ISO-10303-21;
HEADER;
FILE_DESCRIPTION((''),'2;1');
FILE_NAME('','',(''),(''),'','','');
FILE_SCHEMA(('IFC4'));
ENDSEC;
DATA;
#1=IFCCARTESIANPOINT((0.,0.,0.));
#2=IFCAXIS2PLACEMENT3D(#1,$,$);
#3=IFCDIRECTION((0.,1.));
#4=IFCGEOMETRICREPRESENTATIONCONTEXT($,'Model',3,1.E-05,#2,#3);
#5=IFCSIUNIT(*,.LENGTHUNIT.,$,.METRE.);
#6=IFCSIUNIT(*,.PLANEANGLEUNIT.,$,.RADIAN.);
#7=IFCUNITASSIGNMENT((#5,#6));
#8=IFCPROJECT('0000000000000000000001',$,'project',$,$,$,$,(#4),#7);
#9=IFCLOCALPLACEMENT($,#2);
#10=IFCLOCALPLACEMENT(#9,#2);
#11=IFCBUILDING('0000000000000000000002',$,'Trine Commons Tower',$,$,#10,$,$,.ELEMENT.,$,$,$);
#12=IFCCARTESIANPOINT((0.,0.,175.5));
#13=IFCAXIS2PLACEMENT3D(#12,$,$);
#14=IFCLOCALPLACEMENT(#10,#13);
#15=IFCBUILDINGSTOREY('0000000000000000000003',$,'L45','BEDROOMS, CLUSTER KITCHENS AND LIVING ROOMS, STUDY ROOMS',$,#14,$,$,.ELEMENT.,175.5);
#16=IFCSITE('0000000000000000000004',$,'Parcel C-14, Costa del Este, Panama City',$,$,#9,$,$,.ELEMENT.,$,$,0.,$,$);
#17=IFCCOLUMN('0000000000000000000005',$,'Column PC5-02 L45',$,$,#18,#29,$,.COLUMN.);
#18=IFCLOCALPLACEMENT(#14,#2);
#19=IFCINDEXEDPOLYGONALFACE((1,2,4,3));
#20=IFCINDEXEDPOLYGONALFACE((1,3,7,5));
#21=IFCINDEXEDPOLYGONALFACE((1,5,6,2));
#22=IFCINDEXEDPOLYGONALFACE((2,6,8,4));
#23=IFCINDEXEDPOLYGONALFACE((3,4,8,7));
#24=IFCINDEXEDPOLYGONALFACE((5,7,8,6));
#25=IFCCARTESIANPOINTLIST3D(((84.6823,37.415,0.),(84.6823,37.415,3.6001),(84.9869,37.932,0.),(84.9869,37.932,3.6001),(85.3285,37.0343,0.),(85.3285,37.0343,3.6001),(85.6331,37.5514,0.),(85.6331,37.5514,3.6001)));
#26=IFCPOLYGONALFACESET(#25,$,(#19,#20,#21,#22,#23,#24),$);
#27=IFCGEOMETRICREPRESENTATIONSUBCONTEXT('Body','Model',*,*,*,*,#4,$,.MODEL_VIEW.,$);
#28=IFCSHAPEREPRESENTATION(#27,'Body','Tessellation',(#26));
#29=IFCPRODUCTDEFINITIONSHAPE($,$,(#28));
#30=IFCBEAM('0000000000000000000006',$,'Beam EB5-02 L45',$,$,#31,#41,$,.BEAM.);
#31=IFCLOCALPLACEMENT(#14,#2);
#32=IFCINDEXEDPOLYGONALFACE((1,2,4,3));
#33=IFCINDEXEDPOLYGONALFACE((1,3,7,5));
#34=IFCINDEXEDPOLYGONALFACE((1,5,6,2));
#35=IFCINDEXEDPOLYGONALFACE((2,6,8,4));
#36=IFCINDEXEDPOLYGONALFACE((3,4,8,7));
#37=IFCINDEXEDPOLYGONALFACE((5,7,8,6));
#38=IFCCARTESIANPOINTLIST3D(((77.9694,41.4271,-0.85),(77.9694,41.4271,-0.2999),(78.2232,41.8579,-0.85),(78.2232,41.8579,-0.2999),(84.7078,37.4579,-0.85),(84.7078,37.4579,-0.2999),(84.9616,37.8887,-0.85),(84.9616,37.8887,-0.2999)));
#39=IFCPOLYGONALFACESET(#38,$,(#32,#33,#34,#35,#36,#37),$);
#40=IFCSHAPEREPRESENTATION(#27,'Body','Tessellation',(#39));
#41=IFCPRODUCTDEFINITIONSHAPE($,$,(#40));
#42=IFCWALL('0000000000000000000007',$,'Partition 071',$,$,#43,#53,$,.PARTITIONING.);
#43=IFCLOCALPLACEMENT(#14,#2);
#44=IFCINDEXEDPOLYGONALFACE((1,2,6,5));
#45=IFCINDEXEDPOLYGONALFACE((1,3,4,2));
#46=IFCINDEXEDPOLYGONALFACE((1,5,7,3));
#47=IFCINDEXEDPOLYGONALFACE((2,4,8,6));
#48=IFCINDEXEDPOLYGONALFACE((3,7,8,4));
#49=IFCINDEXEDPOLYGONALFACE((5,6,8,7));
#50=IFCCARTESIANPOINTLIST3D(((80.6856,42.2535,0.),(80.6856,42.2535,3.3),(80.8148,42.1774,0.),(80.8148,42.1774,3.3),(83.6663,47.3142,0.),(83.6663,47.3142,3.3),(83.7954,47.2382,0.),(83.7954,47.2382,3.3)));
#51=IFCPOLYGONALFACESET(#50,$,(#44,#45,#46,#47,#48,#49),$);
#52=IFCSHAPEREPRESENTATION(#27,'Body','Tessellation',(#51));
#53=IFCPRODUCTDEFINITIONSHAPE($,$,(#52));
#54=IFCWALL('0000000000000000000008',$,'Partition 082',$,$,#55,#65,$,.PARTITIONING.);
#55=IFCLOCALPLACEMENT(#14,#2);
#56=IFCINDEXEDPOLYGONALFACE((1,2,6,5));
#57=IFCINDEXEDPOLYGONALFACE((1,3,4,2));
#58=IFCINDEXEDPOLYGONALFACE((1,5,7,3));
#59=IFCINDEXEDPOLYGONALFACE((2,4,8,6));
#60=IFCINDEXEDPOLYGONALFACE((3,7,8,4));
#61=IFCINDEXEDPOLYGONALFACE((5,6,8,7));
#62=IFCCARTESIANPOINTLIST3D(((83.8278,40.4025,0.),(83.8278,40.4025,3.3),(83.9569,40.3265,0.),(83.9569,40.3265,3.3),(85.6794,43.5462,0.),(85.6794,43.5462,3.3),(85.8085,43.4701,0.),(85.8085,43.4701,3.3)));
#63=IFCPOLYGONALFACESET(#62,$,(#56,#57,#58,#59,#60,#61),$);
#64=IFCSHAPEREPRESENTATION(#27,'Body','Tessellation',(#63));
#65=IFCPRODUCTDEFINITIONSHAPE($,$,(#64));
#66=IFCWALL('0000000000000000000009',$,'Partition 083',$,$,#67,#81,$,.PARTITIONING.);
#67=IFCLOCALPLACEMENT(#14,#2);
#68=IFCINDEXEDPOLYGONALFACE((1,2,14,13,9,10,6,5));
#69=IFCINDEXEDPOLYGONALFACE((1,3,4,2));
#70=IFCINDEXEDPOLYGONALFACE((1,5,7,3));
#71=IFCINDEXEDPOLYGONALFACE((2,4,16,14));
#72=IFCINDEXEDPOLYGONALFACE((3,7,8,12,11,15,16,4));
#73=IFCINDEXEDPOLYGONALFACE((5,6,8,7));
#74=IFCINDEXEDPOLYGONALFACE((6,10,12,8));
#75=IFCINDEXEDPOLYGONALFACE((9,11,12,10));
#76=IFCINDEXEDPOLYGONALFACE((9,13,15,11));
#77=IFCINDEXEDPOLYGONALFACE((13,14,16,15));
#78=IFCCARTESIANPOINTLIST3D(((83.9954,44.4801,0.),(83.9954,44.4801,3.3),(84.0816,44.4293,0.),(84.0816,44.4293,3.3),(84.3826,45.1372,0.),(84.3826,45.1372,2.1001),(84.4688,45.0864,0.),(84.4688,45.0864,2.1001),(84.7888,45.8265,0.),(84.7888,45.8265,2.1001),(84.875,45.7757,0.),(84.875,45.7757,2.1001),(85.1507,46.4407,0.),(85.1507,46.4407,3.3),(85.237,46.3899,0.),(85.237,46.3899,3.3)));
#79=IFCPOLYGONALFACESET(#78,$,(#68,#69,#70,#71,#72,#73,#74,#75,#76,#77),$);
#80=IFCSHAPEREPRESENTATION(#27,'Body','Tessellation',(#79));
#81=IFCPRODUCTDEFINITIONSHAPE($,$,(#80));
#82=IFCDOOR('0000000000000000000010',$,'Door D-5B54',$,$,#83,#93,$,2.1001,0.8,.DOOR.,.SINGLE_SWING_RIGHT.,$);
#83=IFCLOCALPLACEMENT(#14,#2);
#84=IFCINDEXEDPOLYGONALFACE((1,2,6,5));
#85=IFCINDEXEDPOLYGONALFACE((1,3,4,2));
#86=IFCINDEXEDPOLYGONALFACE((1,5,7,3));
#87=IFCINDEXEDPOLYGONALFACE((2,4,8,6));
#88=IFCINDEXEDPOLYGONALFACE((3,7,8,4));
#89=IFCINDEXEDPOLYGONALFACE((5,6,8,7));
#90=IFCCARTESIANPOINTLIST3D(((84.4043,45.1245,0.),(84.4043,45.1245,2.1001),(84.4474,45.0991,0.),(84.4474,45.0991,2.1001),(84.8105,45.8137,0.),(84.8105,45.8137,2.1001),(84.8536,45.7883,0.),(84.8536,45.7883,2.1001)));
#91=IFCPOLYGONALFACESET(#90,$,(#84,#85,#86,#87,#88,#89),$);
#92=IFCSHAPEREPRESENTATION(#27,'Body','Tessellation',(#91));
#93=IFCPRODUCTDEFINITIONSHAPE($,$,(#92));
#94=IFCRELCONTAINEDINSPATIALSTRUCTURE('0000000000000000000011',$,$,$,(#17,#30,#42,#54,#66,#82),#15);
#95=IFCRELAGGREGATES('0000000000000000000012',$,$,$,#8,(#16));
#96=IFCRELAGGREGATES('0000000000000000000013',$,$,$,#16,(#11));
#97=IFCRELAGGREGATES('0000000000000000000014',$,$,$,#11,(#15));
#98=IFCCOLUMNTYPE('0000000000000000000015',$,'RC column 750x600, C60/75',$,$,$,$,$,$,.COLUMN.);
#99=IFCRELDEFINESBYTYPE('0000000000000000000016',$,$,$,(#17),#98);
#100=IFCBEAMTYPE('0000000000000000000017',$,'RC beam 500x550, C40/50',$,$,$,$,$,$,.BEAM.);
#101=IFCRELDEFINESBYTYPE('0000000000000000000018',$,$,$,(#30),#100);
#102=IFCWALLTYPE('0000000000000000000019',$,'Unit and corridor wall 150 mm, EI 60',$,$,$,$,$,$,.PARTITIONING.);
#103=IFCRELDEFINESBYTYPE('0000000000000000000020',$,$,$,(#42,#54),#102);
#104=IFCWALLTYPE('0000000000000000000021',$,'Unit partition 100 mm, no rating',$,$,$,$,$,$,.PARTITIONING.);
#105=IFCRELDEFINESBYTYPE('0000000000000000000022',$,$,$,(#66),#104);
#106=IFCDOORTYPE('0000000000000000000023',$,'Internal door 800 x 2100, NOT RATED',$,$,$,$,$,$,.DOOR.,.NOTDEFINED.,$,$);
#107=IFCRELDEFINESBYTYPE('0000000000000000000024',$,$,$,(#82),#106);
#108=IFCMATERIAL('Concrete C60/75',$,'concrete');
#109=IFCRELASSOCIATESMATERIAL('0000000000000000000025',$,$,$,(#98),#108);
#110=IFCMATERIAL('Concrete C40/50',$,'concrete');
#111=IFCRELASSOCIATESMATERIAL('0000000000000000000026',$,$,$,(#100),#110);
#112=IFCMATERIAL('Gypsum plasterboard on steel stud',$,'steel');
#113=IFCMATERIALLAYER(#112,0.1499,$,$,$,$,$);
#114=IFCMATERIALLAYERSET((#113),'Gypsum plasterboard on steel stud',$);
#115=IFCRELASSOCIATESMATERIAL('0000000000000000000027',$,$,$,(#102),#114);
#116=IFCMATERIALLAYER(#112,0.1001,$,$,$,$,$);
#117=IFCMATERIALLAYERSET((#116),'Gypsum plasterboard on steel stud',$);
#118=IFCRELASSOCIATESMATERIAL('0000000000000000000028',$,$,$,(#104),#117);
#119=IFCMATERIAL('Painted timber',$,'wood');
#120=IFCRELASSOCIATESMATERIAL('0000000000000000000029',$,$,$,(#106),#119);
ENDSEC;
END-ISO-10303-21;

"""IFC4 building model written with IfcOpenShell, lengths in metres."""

from ifc_helpers import new_model, si_unit, direction, frame, frame_2d, origin, origin_2d, place, context, subcontext, project, spatial, rectangle, extrude, material, layer, layer_set, material_profile, profile_set, type_object, element, fill, save


model = new_model("IFC4")

# Units and contexts
model_context = context("Model", 3, precision=1e-05, world=origin(), true_north=direction((0.0, 1.0)))
body_context = subcontext(model_context, "Body", "Model", "MODEL_VIEW")
ifc_project = project(units=[si_unit("LENGTHUNIT", "METRE"), si_unit("PLANEANGLEUNIT", "RADIAN")], contexts=[model_context])

# Site, building, storey
site_placement = place(None, origin())
site = spatial("IfcSite", under=ifc_project, at=site_placement, Name="Parcel C-14, Costa del Este, Panama City", CompositionType="ELEMENT", RefElevation=0.0)
building_placement = place(site_placement, origin())
building = spatial("IfcBuilding", under=site, at=building_placement, Name="Trine Commons Tower", CompositionType="ELEMENT")
storey_placement = place(building_placement, frame((0.0, 0.0, 175.5)))
storey = spatial("IfcBuildingStorey", under=building, at=storey_placement, Name="L45", Description="BEDROOMS, CLUSTER KITCHENS AND LIVING ROOMS, STUDY ROOMS", CompositionType="ELEMENT", Elevation=175.5)

# Column
ifc_material_1 = material(Name="Concrete C60/75", Category="concrete")
ifc_material_profile_1 = material_profile(ifc_material_1, rectangle(XDim=0.75, YDim=0.6001, at=origin_2d()), Name="RC 750x600")
ifc_profile_set_1 = profile_set([ifc_material_profile_1], Name="Concrete C60/75")
column_type = type_object("IfcColumnType", Name="RC column 750x600, C60/75", PredefinedType="COLUMN", material=ifc_profile_set_1)
column_placement = place(storey_placement, frame((85.1577, 37.4832, 0.0), z_axis=(0.0, 0.0, 1.0), x_axis=(-0.861629, 0.507538, 0.0)))
element("IfcColumn", 1, at=column_placement, inside=storey, type_object=column_type, Name="Column PC5-02 L45", PredefinedType="COLUMN", context=body_context, shape_type="SweptSolid", body=[
    extrude(rectangle(XDim=0.75, YDim=0.6001, at=origin_2d()), origin(), (0.0, 0.0, 1.0), 3.6001),
])

# Beam
ifc_material_2 = material(Name="Concrete C40/50", Category="concrete")
ifc_material_profile_2 = material_profile(ifc_material_2, rectangle(XDim=0.5, YDim=0.55, at=origin_2d()), Name="RC 500x550")
ifc_profile_set_2 = profile_set([ifc_material_profile_2], Name="Concrete C40/50")
beam_type = type_object("IfcBeamType", Name="RC beam 500x550, C40/50", PredefinedType="BEAM", material=ifc_profile_set_2)
beam_placement = place(storey_placement, frame((84.8347, 37.6733, -0.575), z_axis=(-0.861632, 0.507533, 0.0), x_axis=(-0.507533, -0.861632, 0.0)))
element("IfcBeam", 2, at=beam_placement, inside=storey, type_object=beam_type, Name="Beam EB5-02 L45", PredefinedType="BEAM", context=body_context, shape_type="SweptSolid", body=[
    extrude(rectangle(XDim=0.5, YDim=0.55, at=origin_2d()), origin(), (0.0, 0.0, 1.0), 7.8206),
])

# Walls
ifc_material_3 = material(Name="Gypsum plasterboard on steel stud", Category="steel")
ifc_layer_1 = layer(ifc_material_3, 0.1499)
ifc_layer_set_1 = layer_set([ifc_layer_1], Name="Gypsum plasterboard on steel stud")
wall_type_1 = type_object("IfcWallType", Name="Unit and corridor wall 150 mm, EI 60", PredefinedType="PARTITIONING", material=ifc_layer_set_1)
wall_1_placement = place(storey_placement, frame((80.7502, 42.2156, 0.0), z_axis=(0.0, 0.0, 1.0), x_axis=(0.507498, 0.861653, 0.0)))
element("IfcWall", 3, at=wall_1_placement, inside=storey, type_object=wall_type_1, Name="Partition 071", PredefinedType="PARTITIONING", context=body_context, shape_type="SweptSolid", body=[
    extrude(rectangle(XDim=5.8733, YDim=0.1499, at=frame_2d((2.9365, 0.0))), origin(), (0.0, 0.0, 1.0), 3.3),
])
wall_2_placement = place(storey_placement, frame((83.8923, 40.3645, 0.0), z_axis=(0.0, 0.0, 1.0), x_axis=(0.507511, 0.861645, 0.0)))
element("IfcWall", 4, at=wall_2_placement, inside=storey, type_object=wall_type_1, Name="Partition 082", PredefinedType="PARTITIONING", context=body_context, shape_type="SweptSolid", body=[
    extrude(rectangle(XDim=3.6484, YDim=0.1499, at=frame_2d((1.8242, 0.0))), origin(), (0.0, 0.0, 1.0), 3.3),
])

# Wall, opening, door
ifc_layer_2 = layer(ifc_material_3, 0.1001)
ifc_layer_set_2 = layer_set([ifc_layer_2], Name="Gypsum plasterboard on steel stud")
wall_type_2 = type_object("IfcWallType", Name="Unit partition 100 mm, no rating", PredefinedType="PARTITIONING", material=ifc_layer_set_2)
wall_3_placement = place(storey_placement, frame((84.0386, 44.4548, 0.0), z_axis=(0.0, 0.0, 1.0), x_axis=(0.507695, 0.861537, 0.0)))
wall_3 = element("IfcWall", 5, at=wall_3_placement, inside=storey, type_object=wall_type_2, Name="Partition 083", PredefinedType="PARTITIONING", context=body_context, shape_type="SweptSolid", body=[
    extrude(rectangle(XDim=2.2756, YDim=0.1001, at=frame_2d((1.1377, 0.0))), origin(), (0.0, 0.0, 1.0), 3.3),
])
opening_placement = place(wall_3_placement, frame((0.7627, 0.0, 0.0)))
opening = element("IfcOpeningElement", 6, at=opening_placement, cuts=wall_3, PredefinedType="OPENING", context=body_context, shape_type="SweptSolid", body=[
    extrude(rectangle(XDim=0.8, YDim=2.1001, at=frame_2d((0.3999, 1.05))), frame((0.0, 0.0601, 0.0), z_axis=(0.0, -1.0, 0.0), x_axis=(1.0, 0.0, 0.0)), (0.0, 0.0, 1.0), 0.1201),
])
ifc_material_4 = material(Name="Painted timber", Category="wood")
door_type = type_object("IfcDoorType", Name="Internal door 800 x 2100, NOT RATED", OperationType="NOTDEFINED", PredefinedType="DOOR", material=ifc_material_4)
door_placement = place(opening_placement, origin())
door = element("IfcDoor", 7, at=door_placement, inside=storey, type_object=door_type, Name="Door D-5B54", OperationType="SINGLE_SWING_RIGHT", OverallHeight=2.1001, OverallWidth=0.8, PredefinedType="DOOR", context=body_context, shape_type="SweptSolid", body=[
    extrude(rectangle(XDim=0.8, YDim=2.1001, at=frame_2d((0.3999, 1.05))), frame((0.0, 0.0249, 0.0), z_axis=(0.0, -1.0, 0.0), x_axis=(1.0, 0.0, 0.0)), (0.0, 0.0, 1.0), 0.05),
])
fill(opening, door)

save(model, "model.ifc")
